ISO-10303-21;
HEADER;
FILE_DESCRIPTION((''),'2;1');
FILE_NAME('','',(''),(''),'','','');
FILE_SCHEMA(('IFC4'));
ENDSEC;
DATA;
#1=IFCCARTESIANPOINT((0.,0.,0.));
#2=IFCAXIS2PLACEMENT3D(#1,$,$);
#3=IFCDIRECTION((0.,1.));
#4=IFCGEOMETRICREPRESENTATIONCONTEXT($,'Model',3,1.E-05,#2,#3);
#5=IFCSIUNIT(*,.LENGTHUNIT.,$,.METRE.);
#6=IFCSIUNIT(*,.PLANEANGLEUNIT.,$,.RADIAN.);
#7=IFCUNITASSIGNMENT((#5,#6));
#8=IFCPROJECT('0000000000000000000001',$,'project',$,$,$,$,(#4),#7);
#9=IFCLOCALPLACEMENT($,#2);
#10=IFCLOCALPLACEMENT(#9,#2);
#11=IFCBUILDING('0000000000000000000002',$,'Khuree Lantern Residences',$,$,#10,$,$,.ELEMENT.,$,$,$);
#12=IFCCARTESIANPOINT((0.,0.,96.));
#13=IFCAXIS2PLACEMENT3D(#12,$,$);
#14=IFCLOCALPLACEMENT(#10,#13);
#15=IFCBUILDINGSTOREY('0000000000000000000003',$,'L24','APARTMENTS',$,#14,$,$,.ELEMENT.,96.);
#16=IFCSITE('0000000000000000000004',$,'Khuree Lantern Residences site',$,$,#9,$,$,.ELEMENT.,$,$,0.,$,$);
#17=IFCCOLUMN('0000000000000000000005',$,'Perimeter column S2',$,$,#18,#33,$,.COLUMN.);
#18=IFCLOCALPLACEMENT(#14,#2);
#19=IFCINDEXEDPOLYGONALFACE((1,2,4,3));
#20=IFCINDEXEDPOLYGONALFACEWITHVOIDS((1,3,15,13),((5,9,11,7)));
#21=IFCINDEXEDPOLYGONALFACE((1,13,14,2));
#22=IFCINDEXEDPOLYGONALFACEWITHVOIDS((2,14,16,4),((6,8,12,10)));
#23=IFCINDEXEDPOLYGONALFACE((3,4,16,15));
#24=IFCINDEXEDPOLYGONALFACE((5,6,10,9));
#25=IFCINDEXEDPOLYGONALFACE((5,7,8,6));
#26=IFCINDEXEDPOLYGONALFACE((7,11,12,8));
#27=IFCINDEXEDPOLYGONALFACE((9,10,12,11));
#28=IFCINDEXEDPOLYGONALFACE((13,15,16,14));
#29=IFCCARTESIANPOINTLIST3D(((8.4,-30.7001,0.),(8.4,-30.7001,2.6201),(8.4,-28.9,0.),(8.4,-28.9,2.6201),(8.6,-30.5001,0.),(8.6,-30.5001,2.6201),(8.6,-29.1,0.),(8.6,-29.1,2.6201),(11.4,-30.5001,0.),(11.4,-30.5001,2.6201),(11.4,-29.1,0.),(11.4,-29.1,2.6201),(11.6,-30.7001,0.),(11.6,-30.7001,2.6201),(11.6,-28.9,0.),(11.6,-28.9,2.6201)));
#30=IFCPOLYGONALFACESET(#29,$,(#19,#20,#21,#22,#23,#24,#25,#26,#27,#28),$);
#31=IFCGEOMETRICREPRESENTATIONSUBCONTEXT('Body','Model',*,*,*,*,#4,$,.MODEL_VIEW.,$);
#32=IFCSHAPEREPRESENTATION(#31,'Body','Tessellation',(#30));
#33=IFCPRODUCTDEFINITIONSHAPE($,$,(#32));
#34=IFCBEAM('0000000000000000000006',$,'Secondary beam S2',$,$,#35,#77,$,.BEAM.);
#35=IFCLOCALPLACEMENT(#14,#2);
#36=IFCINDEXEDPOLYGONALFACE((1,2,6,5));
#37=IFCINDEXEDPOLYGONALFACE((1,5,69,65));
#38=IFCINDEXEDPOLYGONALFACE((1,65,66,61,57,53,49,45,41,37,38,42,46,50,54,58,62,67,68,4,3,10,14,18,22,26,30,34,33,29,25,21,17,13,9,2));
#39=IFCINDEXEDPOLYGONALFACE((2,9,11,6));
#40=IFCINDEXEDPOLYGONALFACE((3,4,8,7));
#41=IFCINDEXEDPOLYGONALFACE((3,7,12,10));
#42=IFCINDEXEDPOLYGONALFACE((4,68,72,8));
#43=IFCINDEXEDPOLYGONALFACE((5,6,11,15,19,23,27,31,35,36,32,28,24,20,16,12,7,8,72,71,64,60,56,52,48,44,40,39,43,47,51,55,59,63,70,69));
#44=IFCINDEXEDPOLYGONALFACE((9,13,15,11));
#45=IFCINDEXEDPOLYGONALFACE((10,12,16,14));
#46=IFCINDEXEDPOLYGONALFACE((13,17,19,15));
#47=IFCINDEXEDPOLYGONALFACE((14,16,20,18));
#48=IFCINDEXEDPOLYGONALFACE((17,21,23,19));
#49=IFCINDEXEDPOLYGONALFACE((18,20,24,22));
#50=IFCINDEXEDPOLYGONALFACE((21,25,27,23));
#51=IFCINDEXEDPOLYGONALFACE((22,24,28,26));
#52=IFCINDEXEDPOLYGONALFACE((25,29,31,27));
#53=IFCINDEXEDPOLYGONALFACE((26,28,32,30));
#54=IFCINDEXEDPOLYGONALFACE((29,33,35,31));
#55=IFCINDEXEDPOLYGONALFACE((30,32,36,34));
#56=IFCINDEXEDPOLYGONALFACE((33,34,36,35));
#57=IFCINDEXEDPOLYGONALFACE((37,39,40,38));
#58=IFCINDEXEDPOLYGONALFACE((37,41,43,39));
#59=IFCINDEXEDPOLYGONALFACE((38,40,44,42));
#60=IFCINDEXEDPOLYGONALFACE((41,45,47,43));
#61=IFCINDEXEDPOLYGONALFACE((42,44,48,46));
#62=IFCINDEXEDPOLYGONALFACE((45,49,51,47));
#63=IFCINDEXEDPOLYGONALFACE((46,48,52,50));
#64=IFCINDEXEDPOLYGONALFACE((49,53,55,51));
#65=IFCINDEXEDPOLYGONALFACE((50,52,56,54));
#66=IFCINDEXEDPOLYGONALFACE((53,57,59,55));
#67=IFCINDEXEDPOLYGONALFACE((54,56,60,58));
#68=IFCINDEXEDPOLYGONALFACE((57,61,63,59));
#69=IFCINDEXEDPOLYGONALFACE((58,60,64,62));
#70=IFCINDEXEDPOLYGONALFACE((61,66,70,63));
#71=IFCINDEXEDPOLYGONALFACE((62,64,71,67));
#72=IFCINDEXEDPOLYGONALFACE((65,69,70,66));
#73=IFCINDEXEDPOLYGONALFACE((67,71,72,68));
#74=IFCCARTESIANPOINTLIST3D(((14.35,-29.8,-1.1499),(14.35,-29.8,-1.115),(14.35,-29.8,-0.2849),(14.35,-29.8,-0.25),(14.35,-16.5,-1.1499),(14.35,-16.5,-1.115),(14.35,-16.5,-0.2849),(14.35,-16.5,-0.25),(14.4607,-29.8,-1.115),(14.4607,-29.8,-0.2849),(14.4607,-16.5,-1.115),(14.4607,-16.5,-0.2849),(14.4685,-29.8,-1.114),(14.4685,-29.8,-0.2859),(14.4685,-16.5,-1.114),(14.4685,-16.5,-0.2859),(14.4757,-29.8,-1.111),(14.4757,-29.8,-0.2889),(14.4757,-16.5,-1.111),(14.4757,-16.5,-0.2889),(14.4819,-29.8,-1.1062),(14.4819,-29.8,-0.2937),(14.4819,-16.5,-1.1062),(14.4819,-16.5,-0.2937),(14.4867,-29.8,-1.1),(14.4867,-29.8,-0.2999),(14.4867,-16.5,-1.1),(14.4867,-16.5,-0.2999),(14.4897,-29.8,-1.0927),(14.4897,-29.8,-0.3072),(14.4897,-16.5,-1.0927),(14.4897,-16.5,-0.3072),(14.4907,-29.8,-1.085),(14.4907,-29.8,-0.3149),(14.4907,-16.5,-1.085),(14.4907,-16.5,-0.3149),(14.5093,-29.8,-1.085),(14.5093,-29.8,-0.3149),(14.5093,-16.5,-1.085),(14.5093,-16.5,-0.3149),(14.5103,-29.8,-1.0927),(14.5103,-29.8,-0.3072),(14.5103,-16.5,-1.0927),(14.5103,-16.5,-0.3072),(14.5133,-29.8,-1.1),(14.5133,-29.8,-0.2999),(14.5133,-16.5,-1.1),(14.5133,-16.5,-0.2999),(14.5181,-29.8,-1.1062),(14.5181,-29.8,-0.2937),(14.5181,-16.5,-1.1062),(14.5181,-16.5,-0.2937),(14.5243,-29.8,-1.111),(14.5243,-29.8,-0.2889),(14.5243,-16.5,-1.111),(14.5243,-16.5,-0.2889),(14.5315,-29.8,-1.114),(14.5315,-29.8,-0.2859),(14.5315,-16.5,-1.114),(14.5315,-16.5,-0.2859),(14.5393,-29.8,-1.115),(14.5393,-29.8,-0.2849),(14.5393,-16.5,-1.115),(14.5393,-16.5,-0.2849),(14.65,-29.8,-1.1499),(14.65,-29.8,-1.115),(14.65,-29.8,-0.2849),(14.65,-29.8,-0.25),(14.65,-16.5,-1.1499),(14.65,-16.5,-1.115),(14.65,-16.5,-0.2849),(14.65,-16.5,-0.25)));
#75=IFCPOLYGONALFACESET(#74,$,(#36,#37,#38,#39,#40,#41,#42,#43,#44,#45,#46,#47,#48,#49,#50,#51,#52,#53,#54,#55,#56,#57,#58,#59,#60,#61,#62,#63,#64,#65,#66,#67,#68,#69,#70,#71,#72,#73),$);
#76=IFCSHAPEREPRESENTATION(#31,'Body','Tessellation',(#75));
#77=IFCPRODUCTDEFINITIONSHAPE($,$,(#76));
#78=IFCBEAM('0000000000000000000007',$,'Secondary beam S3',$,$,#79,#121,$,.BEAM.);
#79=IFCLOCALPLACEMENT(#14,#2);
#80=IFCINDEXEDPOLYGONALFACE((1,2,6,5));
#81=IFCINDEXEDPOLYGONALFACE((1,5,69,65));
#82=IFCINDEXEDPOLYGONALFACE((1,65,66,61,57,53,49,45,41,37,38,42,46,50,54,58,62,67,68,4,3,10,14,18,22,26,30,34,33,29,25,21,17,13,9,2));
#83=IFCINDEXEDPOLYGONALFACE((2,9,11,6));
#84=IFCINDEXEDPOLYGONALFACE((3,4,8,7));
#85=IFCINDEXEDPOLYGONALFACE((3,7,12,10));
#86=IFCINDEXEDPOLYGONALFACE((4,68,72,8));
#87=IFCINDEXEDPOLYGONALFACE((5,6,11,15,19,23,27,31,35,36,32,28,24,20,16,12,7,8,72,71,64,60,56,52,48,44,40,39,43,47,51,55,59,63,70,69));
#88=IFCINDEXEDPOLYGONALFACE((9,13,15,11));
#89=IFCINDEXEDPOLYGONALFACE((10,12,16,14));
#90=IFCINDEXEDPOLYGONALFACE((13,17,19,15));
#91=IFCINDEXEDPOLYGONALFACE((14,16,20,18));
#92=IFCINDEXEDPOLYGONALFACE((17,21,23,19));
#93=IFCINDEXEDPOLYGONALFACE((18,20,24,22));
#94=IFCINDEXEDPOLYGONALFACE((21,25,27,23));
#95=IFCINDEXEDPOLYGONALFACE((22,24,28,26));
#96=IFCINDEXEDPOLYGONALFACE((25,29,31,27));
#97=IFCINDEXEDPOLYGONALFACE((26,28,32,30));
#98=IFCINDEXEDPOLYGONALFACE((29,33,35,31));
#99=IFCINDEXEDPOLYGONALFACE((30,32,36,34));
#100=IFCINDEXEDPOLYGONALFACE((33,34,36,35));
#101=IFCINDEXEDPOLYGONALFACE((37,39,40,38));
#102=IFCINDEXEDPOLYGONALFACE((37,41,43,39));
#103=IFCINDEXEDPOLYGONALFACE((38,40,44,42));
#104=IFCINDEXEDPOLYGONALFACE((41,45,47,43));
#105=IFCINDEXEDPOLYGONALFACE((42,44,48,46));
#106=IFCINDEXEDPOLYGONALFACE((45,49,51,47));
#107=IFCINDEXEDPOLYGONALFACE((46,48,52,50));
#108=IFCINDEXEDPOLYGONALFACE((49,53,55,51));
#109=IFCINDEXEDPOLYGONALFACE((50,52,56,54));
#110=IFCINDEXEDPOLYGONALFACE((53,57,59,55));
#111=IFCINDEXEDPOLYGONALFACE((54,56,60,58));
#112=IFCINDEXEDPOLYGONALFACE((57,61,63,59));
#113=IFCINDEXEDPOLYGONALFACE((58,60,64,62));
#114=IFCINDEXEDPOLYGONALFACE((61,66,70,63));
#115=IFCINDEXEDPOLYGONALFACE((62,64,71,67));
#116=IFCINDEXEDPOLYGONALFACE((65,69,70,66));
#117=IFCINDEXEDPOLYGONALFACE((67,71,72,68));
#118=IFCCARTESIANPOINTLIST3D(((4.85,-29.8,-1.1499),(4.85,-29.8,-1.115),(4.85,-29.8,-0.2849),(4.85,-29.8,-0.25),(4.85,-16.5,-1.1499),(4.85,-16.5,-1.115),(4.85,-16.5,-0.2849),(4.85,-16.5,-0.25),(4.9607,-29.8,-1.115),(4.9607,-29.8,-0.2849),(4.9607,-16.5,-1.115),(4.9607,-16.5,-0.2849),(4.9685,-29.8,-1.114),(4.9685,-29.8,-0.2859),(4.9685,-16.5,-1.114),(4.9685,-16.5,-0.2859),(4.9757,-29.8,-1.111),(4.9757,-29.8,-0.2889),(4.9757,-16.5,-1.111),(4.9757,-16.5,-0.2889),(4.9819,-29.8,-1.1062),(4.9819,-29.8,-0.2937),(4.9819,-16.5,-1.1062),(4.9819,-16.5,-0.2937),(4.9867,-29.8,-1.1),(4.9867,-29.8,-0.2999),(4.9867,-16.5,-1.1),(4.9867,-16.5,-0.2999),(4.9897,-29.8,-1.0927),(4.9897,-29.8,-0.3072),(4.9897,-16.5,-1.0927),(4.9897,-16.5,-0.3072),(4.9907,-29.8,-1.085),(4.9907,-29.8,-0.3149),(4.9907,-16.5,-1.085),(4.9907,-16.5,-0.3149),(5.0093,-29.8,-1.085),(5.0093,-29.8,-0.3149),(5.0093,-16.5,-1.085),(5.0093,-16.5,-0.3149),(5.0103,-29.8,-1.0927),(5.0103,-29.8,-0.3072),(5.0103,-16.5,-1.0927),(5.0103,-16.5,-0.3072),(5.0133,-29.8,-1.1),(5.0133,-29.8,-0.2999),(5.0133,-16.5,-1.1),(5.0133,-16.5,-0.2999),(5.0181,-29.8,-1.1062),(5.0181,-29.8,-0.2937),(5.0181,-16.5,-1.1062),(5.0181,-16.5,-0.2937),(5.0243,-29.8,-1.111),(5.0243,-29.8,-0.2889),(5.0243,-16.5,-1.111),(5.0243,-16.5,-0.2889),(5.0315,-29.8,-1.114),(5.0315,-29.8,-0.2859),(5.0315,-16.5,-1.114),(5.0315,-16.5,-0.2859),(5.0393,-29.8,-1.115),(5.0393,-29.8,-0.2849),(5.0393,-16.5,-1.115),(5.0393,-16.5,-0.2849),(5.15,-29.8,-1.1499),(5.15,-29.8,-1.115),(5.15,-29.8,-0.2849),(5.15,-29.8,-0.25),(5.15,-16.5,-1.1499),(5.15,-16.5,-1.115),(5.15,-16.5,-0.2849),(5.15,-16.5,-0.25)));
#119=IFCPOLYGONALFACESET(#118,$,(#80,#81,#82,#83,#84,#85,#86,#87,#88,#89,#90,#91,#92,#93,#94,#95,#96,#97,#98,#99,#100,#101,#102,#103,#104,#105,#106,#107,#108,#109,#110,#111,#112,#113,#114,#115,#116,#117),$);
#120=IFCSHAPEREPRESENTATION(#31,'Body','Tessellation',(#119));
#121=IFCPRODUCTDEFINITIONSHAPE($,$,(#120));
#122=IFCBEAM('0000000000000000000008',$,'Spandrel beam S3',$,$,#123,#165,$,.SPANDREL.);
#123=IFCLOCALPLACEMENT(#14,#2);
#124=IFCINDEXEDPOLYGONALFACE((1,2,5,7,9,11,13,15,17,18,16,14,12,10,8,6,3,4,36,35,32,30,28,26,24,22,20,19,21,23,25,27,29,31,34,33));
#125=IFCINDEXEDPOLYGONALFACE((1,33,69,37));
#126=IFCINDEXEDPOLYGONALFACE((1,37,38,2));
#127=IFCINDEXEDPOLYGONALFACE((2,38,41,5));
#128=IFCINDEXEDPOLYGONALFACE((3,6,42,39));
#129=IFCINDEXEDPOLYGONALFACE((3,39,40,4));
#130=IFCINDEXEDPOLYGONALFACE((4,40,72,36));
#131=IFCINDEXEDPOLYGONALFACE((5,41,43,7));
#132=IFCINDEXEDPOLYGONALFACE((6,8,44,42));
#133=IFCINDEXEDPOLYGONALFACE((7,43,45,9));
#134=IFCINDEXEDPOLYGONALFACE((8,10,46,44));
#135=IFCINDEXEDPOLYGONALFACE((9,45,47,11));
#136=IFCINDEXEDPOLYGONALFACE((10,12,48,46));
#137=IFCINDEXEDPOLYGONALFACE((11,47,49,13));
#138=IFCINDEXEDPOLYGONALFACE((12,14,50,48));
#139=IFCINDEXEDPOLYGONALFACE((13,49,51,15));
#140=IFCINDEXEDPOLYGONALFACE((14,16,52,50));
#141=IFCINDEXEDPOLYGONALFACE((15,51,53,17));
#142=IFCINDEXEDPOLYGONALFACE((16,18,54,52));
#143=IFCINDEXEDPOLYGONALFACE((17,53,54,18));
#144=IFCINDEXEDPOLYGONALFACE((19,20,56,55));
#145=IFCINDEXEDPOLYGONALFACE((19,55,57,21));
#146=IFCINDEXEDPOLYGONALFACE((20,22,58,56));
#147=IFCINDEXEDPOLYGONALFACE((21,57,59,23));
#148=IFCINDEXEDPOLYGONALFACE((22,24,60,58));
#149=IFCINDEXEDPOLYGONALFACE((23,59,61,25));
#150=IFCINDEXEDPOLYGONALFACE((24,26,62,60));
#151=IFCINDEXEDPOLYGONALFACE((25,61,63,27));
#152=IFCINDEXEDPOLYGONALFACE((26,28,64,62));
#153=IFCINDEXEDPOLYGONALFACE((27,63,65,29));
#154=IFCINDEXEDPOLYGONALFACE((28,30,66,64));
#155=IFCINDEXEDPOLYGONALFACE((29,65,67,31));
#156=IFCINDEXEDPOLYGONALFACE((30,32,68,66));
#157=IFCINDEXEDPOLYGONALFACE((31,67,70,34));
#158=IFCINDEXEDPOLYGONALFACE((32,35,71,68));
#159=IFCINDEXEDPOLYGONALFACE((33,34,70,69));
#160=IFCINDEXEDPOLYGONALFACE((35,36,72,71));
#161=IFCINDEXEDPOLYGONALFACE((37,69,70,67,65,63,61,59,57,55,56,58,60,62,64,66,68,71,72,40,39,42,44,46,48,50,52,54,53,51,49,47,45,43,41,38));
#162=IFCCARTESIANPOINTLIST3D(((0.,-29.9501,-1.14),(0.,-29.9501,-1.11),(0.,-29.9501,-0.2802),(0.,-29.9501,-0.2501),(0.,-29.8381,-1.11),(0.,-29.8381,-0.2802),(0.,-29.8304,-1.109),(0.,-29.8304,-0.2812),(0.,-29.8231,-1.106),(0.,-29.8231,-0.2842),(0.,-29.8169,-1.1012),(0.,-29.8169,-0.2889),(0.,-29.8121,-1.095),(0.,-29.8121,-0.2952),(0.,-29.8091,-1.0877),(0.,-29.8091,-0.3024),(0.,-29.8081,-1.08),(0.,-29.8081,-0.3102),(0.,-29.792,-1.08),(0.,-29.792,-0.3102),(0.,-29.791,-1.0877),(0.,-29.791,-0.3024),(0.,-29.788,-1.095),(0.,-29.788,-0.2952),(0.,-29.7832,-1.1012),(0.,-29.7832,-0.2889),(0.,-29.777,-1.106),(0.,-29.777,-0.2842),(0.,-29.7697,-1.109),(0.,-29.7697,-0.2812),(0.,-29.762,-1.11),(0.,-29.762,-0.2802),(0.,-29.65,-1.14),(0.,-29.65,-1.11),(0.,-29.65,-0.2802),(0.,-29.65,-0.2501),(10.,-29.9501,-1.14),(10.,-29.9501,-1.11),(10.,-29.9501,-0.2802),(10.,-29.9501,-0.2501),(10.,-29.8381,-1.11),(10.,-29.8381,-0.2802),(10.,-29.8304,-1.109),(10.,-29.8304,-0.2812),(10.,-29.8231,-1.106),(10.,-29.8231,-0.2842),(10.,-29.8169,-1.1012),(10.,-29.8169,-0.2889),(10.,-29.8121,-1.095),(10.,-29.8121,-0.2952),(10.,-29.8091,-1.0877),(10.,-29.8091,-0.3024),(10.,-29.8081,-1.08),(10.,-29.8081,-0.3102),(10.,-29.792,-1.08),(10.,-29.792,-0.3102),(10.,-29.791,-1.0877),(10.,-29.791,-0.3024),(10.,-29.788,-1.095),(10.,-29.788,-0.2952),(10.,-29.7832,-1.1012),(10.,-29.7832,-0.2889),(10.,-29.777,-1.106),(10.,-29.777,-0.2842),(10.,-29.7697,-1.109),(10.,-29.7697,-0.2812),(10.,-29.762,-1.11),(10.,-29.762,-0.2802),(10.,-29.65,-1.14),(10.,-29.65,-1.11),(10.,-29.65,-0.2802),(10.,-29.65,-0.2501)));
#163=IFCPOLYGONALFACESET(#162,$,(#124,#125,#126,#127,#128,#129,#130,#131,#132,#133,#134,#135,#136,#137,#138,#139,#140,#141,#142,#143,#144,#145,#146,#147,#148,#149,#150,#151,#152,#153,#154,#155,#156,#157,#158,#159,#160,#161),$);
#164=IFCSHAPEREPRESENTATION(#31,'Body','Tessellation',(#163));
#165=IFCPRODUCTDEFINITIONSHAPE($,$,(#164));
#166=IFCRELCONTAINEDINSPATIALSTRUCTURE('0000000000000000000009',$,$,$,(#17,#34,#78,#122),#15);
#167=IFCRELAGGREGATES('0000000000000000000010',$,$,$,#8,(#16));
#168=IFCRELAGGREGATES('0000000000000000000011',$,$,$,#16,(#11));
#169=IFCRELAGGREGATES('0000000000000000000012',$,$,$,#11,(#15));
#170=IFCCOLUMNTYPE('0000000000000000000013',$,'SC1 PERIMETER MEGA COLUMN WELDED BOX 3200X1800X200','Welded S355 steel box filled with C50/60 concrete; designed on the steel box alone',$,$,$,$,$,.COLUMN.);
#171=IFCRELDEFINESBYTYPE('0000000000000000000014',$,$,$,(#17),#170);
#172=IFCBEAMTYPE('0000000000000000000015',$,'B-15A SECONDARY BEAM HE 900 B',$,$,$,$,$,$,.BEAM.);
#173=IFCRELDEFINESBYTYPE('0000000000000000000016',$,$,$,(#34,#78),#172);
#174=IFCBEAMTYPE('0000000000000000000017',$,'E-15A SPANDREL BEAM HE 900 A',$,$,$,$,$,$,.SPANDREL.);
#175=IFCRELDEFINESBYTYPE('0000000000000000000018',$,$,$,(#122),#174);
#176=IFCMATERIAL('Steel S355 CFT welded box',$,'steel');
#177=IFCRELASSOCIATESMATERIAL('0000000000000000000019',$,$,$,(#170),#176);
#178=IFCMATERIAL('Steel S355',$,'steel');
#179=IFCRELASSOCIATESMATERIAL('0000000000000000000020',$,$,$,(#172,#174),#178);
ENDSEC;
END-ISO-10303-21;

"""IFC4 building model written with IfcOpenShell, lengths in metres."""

from ifc_helpers import new_model, si_unit, direction, frame, origin, origin_2d, place, context, subcontext, project, spatial, hollow_rectangle, i_section, extrude, material, material_profile, profile_set, type_object, element, save


model = new_model("IFC4")

# Units and contexts
model_context = context("Model", 3, precision=1e-05, world=origin(), true_north=direction((0.0, 1.0)))
body_context = subcontext(model_context, "Body", "Model", "MODEL_VIEW")
ifc_project = project(units=[si_unit("LENGTHUNIT", "METRE"), si_unit("PLANEANGLEUNIT", "RADIAN")], contexts=[model_context])

# Site, building, storey
site_placement = place(None, origin())
site = spatial("IfcSite", under=ifc_project, at=site_placement, Name="Khuree Lantern Residences site", CompositionType="ELEMENT", RefElevation=0.0)
building_placement = place(site_placement, origin())
building = spatial("IfcBuilding", under=site, at=building_placement, Name="Khuree Lantern Residences", CompositionType="ELEMENT")
storey_placement = place(building_placement, frame((0.0, 0.0, 96.0)))
storey = spatial("IfcBuildingStorey", under=building, at=storey_placement, Name="L24", Description="APARTMENTS", CompositionType="ELEMENT", Elevation=96.0)

# Column
ifc_material_1 = material(Name="Steel S355 CFT welded box", Category="steel")
ifc_material_profile_1 = material_profile(ifc_material_1, hollow_rectangle(XDim=3.2, YDim=1.8, WallThickness=0.2, at=origin_2d()), Name="WELDED BOX 3200X1800X200")
ifc_profile_set_1 = profile_set([ifc_material_profile_1], Name="Steel S355 CFT welded box")
column_type = type_object("IfcColumnType", Name="SC1 PERIMETER MEGA COLUMN WELDED BOX 3200X1800X200", Description="Welded S355 steel box filled with C50/60 concrete; designed on the steel box alone", PredefinedType="COLUMN", material=ifc_profile_set_1)
column_placement = place(storey_placement, frame((10.0, -29.8, 0.0), z_axis=(0.0, 0.0, 1.0), x_axis=(1.0, 0.0, 0.0)))
element("IfcColumn", 1, at=column_placement, inside=storey, type_object=column_type, Name="Perimeter column S2", PredefinedType="COLUMN", context=body_context, shape_type="SweptSolid", body=[
    extrude(hollow_rectangle(XDim=3.2, YDim=1.8, WallThickness=0.2, at=origin_2d()), origin(), (0.0, 0.0, 1.0), 2.6201),
])

# Beams
ifc_material_2 = material(Name="Steel S355", Category="steel")
ifc_material_profile_2 = material_profile(ifc_material_2, i_section(OverallWidth=0.3, OverallDepth=0.8999, WebThickness=0.0186, FlangeThickness=0.0349, FilletRadius=0.03, at=origin_2d()), Name="HE 900 B")
ifc_profile_set_2 = profile_set([ifc_material_profile_2], Name="Steel S355")
beam_type_1 = type_object("IfcBeamType", Name="B-15A SECONDARY BEAM HE 900 B", PredefinedType="BEAM", material=ifc_profile_set_2)
for number, where, z_axis, x_axis, name in (
    (2, (14.5, -29.8, -0.7), (0.0, 1.0, 0.0), (-1.0, 0.0, 0.0), "Secondary beam S2"),
    (3, (5.0, -29.8, -0.7), (0.0, 1.0, 0.0), (-1.0, 0.0, 0.0), "Secondary beam S3"),
):
    element("IfcBeam", number, at=place(storey_placement, frame(where, z_axis=z_axis, x_axis=x_axis)), inside=storey, type_object=beam_type_1, Name=name, PredefinedType="BEAM", context=body_context, shape_type="SweptSolid", body=[
        extrude(i_section(OverallWidth=0.3, OverallDepth=0.8999, WebThickness=0.0186, FlangeThickness=0.0349, FilletRadius=0.03, at=origin_2d()), origin(), (0.0, 0.0, 1.0), 13.3),
    ])
ifc_material_profile_3 = material_profile(ifc_material_2, i_section(OverallWidth=0.3, OverallDepth=0.8899, WebThickness=0.0161, FlangeThickness=0.03, FilletRadius=0.03, at=origin_2d()), Name="HE 900 A")
ifc_profile_set_3 = profile_set([ifc_material_profile_3], Name="Steel S355")
beam_type_2 = type_object("IfcBeamType", Name="E-15A SPANDREL BEAM HE 900 A", PredefinedType="SPANDREL", material=ifc_profile_set_3)
for number, where, z_axis, x_axis, name in (
    (4, (10.0, -29.8, -0.6951), (-1.0, 0.0, 0.0), (0.0, -1.0, 0.0), "Spandrel beam S3"),
):
    element("IfcBeam", number, at=place(storey_placement, frame(where, z_axis=z_axis, x_axis=x_axis)), inside=storey, type_object=beam_type_2, Name=name, PredefinedType="SPANDREL", context=body_context, shape_type="SweptSolid", body=[
        extrude(i_section(OverallWidth=0.3, OverallDepth=0.8899, WebThickness=0.0161, FlangeThickness=0.03, FilletRadius=0.03, at=origin_2d()), origin(), (0.0, 0.0, 1.0), 10.0),
    ])

save(model, "model.ifc")
